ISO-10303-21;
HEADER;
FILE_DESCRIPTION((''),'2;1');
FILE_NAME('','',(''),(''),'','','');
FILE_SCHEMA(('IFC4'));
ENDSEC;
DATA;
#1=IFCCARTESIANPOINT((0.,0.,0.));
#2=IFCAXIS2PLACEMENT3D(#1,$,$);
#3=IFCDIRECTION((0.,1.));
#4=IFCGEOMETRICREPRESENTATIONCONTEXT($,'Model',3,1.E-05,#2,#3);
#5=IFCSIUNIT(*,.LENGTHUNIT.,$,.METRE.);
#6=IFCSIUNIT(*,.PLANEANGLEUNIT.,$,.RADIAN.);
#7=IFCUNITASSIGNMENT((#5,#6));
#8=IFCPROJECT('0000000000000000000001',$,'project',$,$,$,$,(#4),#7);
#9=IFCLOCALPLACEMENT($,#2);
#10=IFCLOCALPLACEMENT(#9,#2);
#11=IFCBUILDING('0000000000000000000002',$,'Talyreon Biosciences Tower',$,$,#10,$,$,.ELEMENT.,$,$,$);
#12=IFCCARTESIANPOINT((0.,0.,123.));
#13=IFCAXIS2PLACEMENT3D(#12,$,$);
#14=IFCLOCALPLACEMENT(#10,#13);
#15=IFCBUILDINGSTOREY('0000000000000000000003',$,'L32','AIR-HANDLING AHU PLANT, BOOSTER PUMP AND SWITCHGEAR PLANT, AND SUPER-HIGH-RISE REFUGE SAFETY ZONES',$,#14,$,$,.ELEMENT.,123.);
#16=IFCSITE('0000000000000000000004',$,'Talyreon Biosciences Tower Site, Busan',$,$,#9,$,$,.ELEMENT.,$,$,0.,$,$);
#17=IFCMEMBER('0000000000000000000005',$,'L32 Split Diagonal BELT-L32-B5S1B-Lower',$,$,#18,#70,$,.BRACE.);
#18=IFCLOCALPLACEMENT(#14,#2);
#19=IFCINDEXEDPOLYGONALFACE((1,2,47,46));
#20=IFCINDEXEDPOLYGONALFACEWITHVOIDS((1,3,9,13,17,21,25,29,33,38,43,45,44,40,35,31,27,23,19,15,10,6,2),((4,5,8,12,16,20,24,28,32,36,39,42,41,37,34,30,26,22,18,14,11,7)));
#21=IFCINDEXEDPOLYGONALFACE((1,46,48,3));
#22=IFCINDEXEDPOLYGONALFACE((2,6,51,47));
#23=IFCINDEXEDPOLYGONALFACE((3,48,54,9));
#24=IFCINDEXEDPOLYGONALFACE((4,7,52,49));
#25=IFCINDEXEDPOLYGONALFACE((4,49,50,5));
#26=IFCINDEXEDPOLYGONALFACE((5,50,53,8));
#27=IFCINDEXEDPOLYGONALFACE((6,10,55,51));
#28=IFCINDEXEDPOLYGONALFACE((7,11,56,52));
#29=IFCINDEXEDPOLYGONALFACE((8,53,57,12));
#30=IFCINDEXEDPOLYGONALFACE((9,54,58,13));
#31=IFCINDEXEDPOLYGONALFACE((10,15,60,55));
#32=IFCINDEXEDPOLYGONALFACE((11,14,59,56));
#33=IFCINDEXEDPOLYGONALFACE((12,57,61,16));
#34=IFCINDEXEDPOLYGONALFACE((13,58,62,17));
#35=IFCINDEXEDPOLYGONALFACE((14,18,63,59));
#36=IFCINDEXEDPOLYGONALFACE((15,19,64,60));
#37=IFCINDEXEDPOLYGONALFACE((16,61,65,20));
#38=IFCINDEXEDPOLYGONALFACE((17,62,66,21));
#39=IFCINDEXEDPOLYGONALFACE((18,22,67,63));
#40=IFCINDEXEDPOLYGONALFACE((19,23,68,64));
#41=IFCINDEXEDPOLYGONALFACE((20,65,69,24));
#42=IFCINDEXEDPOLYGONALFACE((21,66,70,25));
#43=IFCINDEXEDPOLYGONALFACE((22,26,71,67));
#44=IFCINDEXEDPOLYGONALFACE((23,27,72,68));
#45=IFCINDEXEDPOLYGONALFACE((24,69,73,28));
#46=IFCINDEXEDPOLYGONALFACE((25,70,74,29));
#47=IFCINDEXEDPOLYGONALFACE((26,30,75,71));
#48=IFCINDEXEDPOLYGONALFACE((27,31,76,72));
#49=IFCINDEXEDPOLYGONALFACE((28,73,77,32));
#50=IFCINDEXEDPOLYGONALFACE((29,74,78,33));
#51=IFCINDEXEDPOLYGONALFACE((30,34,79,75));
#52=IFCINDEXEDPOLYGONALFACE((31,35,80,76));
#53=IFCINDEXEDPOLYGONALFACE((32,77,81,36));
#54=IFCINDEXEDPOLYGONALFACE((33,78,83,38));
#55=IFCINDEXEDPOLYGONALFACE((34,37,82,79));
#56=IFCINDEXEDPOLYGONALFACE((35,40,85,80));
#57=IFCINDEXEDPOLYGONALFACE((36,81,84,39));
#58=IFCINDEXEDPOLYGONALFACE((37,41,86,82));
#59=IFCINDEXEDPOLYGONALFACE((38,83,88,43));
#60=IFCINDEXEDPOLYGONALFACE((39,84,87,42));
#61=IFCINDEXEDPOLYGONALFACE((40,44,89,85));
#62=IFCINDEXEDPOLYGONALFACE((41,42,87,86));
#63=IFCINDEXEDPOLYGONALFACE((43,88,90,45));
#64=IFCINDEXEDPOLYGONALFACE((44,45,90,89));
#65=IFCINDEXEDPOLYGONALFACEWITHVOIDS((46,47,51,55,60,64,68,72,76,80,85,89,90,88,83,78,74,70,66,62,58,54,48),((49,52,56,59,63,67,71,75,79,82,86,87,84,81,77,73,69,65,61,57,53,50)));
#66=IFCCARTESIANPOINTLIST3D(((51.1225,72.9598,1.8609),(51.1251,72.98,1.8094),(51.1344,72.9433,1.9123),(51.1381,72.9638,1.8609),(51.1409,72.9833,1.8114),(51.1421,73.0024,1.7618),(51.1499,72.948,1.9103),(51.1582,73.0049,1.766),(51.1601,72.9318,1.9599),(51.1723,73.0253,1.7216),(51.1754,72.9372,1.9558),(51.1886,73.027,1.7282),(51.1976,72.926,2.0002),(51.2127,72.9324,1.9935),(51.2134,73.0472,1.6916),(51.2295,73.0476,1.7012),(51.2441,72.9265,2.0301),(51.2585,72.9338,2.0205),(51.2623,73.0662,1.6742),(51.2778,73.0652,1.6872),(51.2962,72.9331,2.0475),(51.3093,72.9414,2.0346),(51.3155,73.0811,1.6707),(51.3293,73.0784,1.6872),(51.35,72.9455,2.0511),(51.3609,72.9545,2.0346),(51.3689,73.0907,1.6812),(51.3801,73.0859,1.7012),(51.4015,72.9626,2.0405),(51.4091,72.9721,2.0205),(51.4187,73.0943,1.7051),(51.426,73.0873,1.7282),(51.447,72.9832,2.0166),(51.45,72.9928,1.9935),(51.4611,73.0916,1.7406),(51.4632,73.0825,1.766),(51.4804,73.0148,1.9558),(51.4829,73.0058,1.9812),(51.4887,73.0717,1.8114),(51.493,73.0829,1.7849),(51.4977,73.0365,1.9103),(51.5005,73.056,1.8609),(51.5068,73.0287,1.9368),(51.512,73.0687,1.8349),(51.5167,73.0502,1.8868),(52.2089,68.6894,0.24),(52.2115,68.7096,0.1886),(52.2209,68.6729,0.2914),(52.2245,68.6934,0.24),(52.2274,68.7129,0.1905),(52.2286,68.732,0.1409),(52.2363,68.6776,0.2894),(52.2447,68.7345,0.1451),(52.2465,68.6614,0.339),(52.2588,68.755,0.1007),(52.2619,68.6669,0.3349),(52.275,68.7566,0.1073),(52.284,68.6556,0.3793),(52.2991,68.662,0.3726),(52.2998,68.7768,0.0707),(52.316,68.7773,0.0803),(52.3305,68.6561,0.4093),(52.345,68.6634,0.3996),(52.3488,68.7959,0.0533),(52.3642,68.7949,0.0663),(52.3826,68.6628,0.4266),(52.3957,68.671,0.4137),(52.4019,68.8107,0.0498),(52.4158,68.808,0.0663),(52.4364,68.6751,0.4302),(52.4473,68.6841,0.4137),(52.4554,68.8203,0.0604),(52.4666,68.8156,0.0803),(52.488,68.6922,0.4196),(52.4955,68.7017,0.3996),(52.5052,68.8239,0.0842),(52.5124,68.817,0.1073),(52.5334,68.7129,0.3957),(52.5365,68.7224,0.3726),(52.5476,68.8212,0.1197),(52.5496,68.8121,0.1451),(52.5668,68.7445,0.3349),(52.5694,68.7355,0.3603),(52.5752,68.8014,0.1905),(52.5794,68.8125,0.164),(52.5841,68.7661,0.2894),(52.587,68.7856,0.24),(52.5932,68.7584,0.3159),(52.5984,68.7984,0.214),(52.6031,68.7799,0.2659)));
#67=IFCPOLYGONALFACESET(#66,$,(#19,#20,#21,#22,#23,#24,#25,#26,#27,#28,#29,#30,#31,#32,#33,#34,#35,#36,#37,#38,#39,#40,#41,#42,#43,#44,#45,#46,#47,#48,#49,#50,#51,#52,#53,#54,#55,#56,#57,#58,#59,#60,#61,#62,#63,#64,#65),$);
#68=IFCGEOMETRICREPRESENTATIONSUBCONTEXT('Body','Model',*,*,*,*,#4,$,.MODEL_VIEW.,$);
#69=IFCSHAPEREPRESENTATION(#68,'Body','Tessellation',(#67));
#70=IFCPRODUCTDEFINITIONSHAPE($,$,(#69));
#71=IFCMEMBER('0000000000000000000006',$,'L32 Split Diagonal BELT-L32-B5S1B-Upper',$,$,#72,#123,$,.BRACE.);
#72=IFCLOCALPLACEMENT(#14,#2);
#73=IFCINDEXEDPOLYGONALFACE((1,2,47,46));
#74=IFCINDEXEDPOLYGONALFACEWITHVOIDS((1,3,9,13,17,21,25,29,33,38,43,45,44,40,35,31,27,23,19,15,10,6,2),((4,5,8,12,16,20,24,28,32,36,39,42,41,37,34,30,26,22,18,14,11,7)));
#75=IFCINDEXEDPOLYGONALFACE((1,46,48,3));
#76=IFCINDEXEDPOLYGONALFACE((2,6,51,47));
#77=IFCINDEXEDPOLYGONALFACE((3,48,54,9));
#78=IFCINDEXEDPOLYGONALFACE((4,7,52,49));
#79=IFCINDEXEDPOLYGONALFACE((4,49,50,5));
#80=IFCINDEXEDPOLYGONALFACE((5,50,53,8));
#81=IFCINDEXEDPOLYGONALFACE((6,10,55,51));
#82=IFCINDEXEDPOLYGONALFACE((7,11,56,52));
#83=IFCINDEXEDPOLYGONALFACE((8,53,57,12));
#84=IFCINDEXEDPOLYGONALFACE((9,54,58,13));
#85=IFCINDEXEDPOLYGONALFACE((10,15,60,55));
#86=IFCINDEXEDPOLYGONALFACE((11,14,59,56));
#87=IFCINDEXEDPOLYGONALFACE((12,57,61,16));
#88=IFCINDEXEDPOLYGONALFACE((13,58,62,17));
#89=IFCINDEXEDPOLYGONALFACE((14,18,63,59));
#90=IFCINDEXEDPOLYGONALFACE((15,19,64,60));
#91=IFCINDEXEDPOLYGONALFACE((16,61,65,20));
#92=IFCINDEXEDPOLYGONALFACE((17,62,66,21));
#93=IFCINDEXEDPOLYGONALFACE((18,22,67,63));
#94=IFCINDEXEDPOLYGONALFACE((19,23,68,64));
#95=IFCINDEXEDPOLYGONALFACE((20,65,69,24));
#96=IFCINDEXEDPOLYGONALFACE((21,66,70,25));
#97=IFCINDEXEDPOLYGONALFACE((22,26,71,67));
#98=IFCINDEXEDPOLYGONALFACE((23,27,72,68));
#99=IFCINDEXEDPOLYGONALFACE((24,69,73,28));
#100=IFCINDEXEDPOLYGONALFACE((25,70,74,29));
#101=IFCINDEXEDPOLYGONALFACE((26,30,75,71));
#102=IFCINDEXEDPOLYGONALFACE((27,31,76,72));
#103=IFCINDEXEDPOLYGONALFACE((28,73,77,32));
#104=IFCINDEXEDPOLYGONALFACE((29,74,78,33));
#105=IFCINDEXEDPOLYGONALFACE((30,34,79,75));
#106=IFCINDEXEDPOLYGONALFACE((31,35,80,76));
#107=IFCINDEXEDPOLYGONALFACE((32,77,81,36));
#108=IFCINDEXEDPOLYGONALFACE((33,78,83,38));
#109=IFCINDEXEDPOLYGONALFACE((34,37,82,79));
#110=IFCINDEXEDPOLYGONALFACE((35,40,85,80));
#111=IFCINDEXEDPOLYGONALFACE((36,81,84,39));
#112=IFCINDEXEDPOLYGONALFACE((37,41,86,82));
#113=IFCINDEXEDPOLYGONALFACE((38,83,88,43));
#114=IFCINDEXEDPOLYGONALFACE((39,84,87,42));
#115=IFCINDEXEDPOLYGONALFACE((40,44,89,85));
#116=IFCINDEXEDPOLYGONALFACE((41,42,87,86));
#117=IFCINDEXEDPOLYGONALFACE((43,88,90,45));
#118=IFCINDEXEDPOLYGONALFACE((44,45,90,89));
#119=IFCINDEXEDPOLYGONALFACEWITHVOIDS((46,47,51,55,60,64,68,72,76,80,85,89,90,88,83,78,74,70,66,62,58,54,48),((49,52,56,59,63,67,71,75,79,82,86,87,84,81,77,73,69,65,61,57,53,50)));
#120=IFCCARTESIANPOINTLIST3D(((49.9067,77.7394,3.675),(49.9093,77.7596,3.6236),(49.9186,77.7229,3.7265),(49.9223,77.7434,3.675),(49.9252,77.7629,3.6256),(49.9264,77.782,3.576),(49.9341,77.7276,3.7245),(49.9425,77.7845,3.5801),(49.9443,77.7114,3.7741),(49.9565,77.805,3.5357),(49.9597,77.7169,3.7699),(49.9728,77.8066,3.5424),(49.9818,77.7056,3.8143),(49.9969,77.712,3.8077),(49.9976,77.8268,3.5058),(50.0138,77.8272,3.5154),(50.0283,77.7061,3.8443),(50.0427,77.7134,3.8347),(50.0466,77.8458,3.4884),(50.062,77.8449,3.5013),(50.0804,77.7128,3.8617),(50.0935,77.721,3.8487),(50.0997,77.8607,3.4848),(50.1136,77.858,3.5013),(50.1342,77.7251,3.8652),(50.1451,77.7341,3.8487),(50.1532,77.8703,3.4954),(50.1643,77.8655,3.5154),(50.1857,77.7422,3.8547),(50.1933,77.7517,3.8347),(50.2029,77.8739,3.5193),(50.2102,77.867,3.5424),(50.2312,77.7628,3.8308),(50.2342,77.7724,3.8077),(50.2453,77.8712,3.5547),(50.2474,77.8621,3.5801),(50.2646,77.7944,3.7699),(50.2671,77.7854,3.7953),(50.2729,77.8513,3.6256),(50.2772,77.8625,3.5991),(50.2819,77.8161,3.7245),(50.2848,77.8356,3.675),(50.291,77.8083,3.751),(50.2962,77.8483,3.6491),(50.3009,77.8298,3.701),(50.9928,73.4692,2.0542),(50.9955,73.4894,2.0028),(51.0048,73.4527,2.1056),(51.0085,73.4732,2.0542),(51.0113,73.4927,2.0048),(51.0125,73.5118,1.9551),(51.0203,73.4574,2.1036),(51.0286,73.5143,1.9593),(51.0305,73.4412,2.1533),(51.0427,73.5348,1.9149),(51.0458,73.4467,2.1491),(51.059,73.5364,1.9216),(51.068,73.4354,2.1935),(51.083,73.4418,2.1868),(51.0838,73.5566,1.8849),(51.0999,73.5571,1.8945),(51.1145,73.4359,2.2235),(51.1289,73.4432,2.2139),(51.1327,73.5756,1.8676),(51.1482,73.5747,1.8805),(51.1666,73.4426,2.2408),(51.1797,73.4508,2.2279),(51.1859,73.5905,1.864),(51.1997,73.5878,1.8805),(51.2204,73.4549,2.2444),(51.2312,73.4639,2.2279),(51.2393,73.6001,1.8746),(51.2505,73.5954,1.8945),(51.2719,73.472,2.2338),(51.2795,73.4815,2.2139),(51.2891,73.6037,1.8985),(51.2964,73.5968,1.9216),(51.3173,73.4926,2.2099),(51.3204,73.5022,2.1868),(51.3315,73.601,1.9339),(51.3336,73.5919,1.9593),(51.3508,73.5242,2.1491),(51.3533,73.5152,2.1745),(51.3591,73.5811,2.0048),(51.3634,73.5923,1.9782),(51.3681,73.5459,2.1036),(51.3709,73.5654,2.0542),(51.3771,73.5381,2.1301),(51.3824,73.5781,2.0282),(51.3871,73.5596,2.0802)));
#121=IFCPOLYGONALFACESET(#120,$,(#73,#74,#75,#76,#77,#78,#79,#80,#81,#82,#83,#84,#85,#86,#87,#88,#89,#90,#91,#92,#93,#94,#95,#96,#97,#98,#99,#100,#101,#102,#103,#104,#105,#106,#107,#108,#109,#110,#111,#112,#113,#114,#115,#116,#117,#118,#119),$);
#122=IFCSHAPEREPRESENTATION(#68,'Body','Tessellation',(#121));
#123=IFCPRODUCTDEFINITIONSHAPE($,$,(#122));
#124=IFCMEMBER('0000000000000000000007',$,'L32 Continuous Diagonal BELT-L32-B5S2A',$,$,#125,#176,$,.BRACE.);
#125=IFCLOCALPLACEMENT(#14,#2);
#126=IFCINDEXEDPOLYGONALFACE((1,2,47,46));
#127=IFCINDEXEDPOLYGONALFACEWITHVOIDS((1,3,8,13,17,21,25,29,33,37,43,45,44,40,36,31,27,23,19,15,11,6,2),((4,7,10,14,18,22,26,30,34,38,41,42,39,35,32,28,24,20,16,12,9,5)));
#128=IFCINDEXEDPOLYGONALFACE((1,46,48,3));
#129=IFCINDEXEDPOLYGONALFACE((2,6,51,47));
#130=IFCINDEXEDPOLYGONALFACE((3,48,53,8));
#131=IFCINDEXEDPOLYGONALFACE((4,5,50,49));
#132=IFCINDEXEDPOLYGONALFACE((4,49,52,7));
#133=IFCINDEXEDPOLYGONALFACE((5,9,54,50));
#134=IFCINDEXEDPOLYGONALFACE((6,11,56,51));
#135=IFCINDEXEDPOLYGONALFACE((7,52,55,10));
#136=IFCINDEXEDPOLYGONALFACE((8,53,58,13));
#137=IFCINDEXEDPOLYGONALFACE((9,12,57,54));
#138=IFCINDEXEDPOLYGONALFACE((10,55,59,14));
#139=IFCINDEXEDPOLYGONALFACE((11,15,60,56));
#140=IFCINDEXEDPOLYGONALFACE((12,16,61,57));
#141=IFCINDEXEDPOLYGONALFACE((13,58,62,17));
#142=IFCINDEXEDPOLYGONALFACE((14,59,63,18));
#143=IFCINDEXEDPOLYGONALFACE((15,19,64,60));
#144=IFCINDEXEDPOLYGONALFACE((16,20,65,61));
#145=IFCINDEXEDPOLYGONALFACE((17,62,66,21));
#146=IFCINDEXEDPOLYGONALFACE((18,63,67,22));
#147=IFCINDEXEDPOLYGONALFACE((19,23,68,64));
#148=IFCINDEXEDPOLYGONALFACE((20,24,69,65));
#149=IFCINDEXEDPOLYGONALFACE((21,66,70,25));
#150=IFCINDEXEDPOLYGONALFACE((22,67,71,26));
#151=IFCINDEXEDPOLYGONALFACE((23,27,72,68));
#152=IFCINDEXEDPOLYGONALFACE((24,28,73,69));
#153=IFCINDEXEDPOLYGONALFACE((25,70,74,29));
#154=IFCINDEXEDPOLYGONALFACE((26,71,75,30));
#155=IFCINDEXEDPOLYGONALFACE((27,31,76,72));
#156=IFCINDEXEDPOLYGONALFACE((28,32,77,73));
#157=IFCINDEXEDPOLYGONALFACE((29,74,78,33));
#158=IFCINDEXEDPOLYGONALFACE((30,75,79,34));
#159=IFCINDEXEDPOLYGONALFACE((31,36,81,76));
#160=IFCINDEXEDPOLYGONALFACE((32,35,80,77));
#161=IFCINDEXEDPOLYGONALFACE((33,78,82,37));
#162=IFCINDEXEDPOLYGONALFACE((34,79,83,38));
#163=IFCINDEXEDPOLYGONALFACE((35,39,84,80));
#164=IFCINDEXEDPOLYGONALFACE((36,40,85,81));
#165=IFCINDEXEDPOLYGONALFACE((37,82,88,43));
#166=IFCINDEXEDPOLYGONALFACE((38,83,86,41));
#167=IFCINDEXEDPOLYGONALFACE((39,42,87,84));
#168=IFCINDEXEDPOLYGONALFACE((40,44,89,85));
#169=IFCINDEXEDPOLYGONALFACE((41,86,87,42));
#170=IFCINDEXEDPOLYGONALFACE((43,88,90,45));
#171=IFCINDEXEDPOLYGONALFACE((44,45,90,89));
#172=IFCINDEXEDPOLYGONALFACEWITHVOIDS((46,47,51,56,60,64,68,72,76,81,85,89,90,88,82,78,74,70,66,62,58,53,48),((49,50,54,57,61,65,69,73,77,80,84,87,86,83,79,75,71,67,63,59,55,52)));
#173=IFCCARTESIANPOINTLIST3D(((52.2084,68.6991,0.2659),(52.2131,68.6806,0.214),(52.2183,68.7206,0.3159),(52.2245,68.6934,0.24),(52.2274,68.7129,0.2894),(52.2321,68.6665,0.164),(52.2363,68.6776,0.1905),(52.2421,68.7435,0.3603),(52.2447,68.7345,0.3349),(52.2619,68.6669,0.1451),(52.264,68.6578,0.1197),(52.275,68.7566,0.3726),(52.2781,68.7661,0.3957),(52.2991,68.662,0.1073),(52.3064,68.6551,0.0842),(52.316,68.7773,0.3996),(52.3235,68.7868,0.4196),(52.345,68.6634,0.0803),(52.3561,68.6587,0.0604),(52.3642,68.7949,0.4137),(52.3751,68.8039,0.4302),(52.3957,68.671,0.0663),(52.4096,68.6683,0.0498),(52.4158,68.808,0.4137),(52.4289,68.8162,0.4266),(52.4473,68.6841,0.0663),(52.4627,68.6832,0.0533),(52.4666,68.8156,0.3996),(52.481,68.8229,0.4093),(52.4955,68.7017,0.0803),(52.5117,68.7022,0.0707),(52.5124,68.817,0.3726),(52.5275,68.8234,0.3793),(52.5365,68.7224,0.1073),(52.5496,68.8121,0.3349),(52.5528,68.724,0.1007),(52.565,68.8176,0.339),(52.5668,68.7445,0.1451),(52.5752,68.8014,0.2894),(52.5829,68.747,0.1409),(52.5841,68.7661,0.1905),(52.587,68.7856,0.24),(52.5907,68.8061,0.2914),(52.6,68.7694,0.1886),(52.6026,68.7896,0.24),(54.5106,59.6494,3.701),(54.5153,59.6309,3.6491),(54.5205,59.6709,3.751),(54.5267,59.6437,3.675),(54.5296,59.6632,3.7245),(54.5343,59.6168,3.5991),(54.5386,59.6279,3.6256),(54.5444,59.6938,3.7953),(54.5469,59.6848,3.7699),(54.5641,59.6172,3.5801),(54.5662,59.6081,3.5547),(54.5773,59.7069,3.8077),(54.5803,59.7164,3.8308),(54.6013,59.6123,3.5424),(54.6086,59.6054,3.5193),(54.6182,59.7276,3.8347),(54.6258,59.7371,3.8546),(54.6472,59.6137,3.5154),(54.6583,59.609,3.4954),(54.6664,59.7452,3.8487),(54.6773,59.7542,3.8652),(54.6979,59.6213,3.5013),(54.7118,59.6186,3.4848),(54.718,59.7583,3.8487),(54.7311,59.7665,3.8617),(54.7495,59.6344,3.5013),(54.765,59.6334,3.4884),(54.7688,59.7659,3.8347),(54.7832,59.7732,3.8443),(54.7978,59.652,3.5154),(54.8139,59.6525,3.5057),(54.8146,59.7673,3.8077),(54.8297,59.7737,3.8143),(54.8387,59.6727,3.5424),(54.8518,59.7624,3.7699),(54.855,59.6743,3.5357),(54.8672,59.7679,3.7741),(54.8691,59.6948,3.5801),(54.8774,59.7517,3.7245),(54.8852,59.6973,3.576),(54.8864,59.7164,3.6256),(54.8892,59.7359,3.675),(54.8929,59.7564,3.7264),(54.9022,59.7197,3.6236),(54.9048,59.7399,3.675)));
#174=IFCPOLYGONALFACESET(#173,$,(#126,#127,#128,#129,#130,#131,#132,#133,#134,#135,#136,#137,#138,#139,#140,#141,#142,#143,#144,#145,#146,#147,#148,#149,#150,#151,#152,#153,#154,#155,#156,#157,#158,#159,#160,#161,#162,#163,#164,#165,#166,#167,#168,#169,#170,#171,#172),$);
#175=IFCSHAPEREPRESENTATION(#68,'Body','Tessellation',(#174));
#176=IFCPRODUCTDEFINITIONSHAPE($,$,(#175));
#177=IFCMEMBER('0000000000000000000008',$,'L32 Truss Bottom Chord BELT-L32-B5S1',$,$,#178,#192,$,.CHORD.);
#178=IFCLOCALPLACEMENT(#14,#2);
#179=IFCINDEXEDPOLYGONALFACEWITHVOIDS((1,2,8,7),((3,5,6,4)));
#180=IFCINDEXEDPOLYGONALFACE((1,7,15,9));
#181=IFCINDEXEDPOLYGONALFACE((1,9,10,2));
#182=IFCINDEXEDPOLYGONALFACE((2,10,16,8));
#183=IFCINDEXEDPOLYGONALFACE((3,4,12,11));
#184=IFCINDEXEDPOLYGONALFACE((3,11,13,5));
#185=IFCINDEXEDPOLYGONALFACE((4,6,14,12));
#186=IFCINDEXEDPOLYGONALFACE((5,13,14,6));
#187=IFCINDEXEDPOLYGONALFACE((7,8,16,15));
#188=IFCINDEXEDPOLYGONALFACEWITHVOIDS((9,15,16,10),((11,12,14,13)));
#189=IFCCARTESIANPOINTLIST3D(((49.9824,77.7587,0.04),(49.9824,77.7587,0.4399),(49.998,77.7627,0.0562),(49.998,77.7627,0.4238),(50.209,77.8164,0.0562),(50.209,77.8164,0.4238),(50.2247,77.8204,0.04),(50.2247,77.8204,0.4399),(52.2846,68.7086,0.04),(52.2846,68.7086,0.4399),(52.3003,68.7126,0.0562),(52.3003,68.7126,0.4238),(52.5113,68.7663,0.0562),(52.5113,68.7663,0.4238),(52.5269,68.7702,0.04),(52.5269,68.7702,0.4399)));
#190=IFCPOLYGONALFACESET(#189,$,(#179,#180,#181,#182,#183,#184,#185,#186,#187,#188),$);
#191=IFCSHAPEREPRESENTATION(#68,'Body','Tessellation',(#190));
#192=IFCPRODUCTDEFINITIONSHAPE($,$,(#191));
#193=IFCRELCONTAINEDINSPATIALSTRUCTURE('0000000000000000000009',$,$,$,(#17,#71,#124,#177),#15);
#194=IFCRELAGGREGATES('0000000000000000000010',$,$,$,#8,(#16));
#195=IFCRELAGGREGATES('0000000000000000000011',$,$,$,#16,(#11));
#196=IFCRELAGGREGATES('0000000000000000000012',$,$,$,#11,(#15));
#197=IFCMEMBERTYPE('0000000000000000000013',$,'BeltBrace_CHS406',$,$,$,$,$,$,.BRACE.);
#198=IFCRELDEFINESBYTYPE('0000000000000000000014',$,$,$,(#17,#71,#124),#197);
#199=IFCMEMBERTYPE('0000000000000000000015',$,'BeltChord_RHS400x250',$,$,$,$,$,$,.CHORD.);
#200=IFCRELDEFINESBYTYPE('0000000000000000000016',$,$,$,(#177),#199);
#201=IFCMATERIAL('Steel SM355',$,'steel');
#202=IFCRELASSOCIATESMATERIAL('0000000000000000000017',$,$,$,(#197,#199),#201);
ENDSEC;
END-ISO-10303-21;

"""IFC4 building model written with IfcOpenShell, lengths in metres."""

from ifc_helpers import new_model, si_unit, direction, frame, origin, origin_2d, place, context, subcontext, project, spatial, hollow_rectangle, hollow_circle, extrude, material, material_profile, profile_set, type_object, element, save


model = new_model("IFC4")

# Units and contexts
model_context = context("Model", 3, precision=1e-05, world=origin(), true_north=direction((0.0, 1.0)))
body_context = subcontext(model_context, "Body", "Model", "MODEL_VIEW")
ifc_project = project(units=[si_unit("LENGTHUNIT", "METRE"), si_unit("PLANEANGLEUNIT", "RADIAN")], contexts=[model_context])

# Site, building, storey
site_placement = place(None, origin())
site = spatial("IfcSite", under=ifc_project, at=site_placement, Name="Talyreon Biosciences Tower Site, Busan", CompositionType="ELEMENT", RefElevation=0.0)
building_placement = place(site_placement, origin())
building = spatial("IfcBuilding", under=site, at=building_placement, Name="Talyreon Biosciences Tower", CompositionType="ELEMENT")
storey_placement = place(building_placement, frame((0.0, 0.0, 123.0)))
storey = spatial("IfcBuildingStorey", under=building, at=storey_placement, Name="L32", Description="AIR-HANDLING AHU PLANT, BOOSTER PUMP AND SWITCHGEAR PLANT, AND SUPER-HIGH-RISE REFUGE SAFETY ZONES", CompositionType="ELEMENT", Elevation=123.0)

# Members
ifc_material_1 = material(Name="Steel SM355", Category="steel")
ifc_material_profile_1 = material_profile(ifc_material_1, hollow_circle(Radius=0.2031, WallThickness=0.0161, at=origin_2d()), Name="CHS 406.4x16")
ifc_profile_set_1 = profile_set([ifc_material_profile_1], Name="Steel SM355")
member_type_1 = type_object("IfcMemberType", Name="BeltBrace_CHS406", PredefinedType="BRACE", material=ifc_profile_set_1)
member_1_placement = place(storey_placement, frame((52.4058, 68.7395, 0.24), z_axis=(-0.231403, 0.909543, 0.345232), x_axis=(-0.969127, -0.246562, 0.0)))
element("IfcMember", 1, at=member_1_placement, inside=storey, type_object=member_type_1, Name="L32 Split Diagonal BELT-L32-B5S1B-Lower", PredefinedType="BRACE", context=body_context, shape_type="SweptSolid", body=[
    extrude(hollow_circle(Radius=0.2031, WallThickness=0.0161, at=origin_2d()), origin(), (0.0, 0.0, 1.0), 4.6951),
])
member_2_placement = place(storey_placement, frame((51.1897, 73.5193, 2.0542), z_axis=(-0.231353, 0.909553, 0.345236), x_axis=(-0.96914, -0.24651, 0.0)))
element("IfcMember", 2, at=member_2_placement, inside=storey, type_object=member_type_1, Name="L32 Split Diagonal BELT-L32-B5S1B-Upper", PredefinedType="BRACE", context=body_context, shape_type="SweptSolid", body=[
    extrude(hollow_circle(Radius=0.2031, WallThickness=0.0161, at=origin_2d()), origin(), (0.0, 0.0, 1.0), 4.6948),
])
member_3_placement = place(storey_placement, frame((52.4058, 68.7395, 0.24), z_axis=(0.231386, -0.909545, 0.345238), x_axis=(0.969131, 0.246544, 0.0)))
element("IfcMember", 3, at=member_3_placement, inside=storey, type_object=member_type_1, Name="L32 Continuous Diagonal BELT-L32-B5S2A", PredefinedType="BRACE", context=body_context, shape_type="SweptSolid", body=[
    extrude(hollow_circle(Radius=0.2031, WallThickness=0.0161, at=origin_2d()), origin(), (0.0, 0.0, 1.0), 9.9497),
])
ifc_material_profile_2 = material_profile(ifc_material_1, hollow_rectangle(XDim=0.25, YDim=0.3999, WallThickness=0.0161, at=origin_2d()), Name="RHS 400x250x16")
ifc_profile_set_2 = profile_set([ifc_material_profile_2], Name="Steel SM355")
member_type_2 = type_object("IfcMemberType", Name="BeltChord_RHS400x250", PredefinedType="CHORD", material=ifc_profile_set_2)
for number, where, z_axis, x_axis, name in (
    (4, (50.1035, 77.7896, 0.24), (0.246538, -0.969133, 0.0), (0.969133, 0.246538, 0.0), "L32 Truss Bottom Chord BELT-L32-B5S1"),
):
    element("IfcMember", number, at=place(storey_placement, frame(where, z_axis=z_axis, x_axis=x_axis)), inside=storey, type_object=member_type_2, Name=name, PredefinedType="CHORD", context=body_context, shape_type="SweptSolid", body=[
        extrude(hollow_rectangle(XDim=0.25, YDim=0.3999, WallThickness=0.0161, at=origin_2d()), origin(), (0.0, 0.0, 1.0), 9.3384),
    ])

save(model, "model.ifc")
